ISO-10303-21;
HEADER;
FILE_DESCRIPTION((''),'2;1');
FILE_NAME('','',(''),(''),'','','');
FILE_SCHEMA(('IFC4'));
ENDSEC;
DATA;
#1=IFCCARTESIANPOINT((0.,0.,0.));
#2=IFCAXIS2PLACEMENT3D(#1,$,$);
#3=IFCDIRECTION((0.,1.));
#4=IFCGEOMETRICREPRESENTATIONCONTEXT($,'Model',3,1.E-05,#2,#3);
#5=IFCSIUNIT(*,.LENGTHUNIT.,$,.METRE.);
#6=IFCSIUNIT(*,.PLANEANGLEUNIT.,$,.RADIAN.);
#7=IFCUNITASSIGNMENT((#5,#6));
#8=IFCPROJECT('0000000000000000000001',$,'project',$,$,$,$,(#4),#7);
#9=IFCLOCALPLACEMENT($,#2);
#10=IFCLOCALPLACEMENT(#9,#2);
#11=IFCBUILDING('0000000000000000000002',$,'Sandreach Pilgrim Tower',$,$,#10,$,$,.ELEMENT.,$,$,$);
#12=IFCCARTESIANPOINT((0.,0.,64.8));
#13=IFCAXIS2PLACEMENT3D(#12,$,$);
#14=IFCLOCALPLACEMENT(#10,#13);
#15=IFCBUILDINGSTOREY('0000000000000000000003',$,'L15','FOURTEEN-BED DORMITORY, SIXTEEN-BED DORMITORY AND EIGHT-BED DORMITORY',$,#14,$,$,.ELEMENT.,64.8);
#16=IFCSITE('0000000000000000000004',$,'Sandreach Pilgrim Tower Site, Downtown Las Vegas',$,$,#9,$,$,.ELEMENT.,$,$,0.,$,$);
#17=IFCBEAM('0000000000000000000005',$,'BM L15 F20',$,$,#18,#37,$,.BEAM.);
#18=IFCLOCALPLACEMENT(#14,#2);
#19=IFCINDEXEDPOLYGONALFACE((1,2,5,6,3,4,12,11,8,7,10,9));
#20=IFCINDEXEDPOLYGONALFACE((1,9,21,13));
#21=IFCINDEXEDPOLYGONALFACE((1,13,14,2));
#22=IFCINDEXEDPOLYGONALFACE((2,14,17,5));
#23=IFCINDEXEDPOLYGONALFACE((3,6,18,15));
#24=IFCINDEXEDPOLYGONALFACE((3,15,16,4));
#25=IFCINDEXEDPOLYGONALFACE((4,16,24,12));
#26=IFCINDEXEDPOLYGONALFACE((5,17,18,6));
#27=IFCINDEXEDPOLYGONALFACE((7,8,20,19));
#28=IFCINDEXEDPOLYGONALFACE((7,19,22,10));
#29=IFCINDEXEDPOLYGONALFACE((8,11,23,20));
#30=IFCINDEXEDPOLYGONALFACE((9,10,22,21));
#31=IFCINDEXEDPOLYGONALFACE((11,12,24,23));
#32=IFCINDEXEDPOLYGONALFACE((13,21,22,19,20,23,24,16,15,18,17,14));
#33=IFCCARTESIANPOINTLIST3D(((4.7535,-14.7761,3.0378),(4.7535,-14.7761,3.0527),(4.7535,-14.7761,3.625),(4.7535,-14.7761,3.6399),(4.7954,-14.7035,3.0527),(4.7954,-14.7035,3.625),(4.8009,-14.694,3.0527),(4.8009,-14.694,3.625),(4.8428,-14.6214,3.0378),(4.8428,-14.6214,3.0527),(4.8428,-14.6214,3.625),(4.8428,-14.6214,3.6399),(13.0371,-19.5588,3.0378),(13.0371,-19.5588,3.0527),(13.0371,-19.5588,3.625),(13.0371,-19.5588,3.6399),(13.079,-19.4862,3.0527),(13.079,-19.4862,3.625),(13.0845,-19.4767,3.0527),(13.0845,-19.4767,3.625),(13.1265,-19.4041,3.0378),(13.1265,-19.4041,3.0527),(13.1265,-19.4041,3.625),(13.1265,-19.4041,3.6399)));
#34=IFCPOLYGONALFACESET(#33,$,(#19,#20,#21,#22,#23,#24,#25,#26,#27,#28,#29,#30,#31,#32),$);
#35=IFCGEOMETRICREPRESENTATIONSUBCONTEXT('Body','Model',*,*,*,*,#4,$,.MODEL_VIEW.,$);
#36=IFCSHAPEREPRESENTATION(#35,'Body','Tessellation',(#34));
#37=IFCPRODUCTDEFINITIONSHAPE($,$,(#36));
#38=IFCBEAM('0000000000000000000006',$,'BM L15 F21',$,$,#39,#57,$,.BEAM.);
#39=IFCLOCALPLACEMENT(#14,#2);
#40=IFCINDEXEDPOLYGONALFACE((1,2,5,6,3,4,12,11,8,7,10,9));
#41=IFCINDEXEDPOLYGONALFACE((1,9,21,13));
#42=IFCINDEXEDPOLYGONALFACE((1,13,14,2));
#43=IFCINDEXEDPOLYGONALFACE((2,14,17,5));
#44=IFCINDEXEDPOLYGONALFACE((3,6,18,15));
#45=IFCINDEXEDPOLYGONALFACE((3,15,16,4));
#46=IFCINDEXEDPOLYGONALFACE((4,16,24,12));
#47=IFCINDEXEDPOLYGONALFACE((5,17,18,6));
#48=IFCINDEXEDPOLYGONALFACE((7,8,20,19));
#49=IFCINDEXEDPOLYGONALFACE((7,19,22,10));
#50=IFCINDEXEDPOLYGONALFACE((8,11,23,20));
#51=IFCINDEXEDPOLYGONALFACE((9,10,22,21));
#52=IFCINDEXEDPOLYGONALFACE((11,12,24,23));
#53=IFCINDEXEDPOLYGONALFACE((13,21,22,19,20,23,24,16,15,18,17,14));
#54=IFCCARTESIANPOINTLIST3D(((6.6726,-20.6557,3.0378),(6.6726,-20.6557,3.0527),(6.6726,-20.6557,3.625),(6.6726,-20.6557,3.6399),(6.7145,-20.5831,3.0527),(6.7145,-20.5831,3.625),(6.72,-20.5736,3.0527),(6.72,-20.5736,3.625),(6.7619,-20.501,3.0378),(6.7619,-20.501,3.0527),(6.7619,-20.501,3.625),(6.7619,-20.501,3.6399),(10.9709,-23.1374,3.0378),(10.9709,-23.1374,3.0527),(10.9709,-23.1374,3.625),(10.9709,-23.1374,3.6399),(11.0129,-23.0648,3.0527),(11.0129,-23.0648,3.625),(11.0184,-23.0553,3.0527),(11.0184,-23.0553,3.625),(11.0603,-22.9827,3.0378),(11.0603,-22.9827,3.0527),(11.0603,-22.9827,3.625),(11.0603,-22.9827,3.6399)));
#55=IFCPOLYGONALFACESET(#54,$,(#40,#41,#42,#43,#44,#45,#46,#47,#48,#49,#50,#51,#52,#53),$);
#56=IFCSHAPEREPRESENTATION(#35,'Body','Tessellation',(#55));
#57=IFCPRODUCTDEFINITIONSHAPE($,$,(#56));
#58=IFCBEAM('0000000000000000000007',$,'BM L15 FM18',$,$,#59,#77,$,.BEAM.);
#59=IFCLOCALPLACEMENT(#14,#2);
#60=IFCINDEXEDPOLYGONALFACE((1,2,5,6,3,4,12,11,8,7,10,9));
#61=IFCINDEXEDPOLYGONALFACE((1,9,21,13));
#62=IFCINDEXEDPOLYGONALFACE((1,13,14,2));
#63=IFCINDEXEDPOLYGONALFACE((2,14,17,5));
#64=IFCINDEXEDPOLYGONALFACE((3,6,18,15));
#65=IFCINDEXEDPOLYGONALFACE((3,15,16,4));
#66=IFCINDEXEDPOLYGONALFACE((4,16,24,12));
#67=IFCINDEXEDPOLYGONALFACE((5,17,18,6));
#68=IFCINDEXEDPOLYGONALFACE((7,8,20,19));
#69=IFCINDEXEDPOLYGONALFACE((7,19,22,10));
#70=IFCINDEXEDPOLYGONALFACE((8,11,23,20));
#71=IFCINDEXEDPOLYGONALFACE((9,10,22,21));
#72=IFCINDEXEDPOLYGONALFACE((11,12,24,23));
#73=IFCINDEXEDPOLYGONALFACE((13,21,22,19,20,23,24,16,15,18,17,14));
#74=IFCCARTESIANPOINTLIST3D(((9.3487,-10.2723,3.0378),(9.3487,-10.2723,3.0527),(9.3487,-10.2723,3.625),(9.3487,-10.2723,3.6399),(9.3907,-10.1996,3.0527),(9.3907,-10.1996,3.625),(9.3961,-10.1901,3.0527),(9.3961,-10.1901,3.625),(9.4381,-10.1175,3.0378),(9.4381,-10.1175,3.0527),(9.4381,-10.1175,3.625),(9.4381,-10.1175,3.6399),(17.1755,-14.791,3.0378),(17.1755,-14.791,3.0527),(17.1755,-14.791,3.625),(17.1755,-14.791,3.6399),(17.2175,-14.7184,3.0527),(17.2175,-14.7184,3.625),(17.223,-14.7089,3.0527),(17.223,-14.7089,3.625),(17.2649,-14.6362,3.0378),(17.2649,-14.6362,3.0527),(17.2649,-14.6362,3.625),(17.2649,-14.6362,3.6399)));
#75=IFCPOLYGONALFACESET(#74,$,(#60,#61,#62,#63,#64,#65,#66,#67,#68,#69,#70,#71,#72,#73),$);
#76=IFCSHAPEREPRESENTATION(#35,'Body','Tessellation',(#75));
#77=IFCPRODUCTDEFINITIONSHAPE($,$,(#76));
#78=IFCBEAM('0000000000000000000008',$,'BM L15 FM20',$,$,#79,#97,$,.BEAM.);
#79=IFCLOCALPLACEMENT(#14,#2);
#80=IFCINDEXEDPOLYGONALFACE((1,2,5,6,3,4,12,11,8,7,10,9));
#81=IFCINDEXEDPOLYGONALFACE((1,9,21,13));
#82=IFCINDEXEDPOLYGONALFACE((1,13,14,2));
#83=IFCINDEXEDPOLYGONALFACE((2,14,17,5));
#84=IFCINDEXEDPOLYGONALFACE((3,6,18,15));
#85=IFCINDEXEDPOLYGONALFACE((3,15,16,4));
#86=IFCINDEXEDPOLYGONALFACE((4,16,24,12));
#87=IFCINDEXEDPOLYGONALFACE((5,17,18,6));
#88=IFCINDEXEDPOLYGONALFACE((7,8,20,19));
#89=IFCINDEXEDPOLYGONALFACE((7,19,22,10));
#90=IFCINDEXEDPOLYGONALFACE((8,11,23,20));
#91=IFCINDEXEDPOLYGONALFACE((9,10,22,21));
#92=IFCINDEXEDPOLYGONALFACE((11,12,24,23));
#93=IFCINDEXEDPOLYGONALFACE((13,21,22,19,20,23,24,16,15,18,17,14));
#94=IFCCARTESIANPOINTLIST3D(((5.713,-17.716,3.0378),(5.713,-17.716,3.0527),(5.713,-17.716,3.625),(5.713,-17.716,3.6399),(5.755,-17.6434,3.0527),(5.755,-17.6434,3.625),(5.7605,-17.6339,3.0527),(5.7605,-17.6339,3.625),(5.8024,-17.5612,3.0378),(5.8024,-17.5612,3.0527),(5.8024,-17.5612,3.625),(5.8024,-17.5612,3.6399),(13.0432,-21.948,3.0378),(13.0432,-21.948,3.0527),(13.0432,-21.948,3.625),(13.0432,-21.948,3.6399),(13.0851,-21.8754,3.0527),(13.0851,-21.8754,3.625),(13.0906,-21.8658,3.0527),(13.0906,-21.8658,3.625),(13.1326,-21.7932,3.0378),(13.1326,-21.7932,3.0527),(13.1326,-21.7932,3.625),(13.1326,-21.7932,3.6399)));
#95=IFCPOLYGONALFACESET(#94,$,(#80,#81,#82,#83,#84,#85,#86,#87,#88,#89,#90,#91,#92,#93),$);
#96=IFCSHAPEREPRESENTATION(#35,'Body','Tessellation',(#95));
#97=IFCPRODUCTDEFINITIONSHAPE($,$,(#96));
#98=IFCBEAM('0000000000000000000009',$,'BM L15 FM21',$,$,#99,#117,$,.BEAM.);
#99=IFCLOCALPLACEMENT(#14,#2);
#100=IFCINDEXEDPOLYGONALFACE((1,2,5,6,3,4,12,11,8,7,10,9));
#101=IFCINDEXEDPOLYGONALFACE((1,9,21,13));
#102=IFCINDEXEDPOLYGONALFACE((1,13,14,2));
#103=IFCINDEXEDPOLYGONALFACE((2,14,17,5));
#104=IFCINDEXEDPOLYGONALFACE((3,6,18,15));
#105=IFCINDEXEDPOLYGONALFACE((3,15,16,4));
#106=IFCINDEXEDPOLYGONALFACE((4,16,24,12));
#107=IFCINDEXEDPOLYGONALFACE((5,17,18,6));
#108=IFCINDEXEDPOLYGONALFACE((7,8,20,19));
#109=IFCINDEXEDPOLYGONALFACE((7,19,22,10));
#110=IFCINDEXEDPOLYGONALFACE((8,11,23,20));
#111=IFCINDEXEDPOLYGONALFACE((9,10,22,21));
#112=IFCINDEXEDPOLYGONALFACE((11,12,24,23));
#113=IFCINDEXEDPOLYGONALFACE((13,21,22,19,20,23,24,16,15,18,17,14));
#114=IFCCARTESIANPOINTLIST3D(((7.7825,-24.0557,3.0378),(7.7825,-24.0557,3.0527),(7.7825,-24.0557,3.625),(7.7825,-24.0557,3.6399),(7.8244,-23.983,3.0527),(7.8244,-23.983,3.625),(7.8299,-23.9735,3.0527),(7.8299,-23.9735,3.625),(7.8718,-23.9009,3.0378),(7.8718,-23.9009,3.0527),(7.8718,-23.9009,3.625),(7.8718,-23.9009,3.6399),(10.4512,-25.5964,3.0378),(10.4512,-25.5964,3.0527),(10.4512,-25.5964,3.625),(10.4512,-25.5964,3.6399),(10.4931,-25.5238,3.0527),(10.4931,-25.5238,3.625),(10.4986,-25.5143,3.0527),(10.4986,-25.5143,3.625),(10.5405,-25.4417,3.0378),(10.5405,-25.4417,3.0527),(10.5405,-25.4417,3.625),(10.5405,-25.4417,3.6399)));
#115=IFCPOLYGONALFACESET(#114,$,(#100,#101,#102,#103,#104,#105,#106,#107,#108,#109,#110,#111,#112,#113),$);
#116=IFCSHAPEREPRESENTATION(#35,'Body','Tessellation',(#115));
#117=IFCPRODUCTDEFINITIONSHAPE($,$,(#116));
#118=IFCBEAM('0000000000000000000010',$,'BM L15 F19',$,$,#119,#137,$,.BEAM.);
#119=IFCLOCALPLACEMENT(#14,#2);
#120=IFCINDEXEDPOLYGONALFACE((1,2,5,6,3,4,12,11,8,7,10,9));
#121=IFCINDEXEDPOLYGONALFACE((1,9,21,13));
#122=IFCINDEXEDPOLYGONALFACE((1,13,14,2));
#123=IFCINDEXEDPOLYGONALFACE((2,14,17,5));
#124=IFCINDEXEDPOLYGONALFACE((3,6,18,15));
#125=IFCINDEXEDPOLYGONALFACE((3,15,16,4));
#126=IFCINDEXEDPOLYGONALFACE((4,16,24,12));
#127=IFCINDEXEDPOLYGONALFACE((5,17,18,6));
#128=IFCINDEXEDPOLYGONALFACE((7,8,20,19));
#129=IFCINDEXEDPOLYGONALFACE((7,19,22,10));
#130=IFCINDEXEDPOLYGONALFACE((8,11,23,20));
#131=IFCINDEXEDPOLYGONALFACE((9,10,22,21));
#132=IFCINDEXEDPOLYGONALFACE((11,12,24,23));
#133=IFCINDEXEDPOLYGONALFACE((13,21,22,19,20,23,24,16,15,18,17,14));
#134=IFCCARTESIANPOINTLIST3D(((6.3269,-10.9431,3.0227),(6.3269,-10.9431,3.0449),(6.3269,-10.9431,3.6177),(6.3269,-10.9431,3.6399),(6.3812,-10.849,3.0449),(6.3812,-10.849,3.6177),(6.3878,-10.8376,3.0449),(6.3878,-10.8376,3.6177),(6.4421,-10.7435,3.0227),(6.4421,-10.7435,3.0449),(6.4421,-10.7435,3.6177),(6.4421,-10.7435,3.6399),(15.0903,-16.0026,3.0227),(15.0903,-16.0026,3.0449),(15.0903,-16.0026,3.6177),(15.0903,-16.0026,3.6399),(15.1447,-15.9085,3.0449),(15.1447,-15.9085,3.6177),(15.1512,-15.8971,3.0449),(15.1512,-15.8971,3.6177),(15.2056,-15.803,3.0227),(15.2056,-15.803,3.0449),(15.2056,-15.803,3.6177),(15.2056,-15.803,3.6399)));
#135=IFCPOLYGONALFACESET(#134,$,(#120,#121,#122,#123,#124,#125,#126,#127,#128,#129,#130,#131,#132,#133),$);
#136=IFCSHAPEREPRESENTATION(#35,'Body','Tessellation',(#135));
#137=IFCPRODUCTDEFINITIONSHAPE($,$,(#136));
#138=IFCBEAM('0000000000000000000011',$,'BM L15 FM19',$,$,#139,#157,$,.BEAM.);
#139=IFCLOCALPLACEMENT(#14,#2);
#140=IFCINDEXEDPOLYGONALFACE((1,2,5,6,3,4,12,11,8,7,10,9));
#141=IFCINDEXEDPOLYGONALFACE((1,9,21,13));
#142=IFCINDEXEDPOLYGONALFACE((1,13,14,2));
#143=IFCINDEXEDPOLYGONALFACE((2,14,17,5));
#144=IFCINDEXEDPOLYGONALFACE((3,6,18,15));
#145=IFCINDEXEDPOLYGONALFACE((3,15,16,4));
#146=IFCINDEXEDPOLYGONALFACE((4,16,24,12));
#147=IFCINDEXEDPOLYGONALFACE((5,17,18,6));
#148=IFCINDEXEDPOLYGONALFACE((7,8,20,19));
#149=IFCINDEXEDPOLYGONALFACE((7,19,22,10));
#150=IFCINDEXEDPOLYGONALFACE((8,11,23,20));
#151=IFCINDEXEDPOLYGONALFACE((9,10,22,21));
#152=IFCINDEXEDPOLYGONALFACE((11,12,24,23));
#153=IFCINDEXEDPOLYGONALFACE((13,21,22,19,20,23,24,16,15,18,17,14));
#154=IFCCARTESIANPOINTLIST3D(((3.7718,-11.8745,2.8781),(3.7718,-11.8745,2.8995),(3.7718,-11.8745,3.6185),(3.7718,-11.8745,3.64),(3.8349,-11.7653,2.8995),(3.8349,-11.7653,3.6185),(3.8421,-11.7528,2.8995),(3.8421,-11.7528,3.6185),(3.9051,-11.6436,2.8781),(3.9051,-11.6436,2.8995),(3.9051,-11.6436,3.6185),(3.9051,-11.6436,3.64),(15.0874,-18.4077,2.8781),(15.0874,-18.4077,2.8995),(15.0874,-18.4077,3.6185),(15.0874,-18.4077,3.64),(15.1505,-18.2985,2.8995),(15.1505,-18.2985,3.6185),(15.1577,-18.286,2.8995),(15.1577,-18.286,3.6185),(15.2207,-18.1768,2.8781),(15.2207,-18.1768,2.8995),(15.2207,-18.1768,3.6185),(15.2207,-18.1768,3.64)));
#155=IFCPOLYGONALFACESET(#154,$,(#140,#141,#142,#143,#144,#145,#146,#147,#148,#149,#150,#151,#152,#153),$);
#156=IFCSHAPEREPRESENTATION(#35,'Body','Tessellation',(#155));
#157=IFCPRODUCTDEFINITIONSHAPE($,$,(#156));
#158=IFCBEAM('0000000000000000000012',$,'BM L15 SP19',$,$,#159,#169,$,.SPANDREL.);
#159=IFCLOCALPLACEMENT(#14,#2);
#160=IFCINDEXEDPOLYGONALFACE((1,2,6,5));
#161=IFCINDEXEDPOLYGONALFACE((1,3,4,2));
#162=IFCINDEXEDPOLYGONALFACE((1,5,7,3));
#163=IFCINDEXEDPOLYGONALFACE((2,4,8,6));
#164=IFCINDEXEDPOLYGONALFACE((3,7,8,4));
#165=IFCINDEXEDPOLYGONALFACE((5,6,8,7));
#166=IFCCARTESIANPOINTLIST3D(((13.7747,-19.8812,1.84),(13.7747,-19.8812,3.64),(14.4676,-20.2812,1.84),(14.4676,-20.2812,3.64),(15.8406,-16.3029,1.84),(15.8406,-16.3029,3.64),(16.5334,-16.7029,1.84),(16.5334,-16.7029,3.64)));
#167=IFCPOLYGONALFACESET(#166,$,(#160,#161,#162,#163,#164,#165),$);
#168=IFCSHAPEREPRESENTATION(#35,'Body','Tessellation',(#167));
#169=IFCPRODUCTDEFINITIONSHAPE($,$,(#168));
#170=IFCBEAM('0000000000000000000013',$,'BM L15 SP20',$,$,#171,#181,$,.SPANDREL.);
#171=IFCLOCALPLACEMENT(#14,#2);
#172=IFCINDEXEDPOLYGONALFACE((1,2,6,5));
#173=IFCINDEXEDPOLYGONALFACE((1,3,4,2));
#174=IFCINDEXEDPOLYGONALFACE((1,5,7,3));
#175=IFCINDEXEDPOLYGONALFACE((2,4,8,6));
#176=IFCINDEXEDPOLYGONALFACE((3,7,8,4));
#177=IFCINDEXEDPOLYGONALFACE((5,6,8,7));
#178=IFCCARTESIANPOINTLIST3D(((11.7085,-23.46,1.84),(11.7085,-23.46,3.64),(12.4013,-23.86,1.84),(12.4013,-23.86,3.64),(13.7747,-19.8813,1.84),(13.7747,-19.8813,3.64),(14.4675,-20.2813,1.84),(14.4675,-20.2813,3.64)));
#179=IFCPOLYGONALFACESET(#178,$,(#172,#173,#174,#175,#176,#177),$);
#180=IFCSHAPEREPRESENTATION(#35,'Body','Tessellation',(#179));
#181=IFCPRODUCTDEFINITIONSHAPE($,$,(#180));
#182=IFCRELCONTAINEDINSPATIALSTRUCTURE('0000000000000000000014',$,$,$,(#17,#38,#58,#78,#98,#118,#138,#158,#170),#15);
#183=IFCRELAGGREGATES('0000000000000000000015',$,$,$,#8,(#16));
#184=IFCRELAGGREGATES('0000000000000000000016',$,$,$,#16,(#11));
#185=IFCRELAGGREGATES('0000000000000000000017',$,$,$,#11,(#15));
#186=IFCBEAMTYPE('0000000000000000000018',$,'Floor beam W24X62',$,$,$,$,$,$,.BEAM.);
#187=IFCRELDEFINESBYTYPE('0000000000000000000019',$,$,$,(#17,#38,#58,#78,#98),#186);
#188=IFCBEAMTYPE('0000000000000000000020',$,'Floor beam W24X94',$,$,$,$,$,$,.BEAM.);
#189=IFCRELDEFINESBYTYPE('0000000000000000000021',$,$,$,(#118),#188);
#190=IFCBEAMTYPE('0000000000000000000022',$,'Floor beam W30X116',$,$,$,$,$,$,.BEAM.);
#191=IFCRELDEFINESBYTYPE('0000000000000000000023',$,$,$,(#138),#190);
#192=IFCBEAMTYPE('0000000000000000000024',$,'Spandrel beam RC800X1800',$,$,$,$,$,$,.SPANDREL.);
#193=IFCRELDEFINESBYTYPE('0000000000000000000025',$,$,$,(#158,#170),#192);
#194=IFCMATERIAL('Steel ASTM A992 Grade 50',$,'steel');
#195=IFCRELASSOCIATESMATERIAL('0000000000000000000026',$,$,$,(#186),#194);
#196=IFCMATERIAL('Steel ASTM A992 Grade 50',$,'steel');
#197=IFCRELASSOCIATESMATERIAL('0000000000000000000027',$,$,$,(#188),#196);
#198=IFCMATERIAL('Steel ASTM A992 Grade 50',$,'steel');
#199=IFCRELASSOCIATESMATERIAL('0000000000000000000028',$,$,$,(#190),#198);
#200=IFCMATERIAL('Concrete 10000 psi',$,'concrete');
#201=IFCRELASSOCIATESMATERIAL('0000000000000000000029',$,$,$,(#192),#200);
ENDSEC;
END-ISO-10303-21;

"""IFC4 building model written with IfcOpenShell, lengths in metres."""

from ifc_helpers import new_model, si_unit, direction, frame, origin, origin_2d, place, context, subcontext, project, spatial, rectangle, i_section, extrude, material, material_profile, profile_set, type_object, element, save


model = new_model("IFC4")

# Units and contexts
model_context = context("Model", 3, precision=1e-05, world=origin(), true_north=direction((0.0, 1.0)))
body_context = subcontext(model_context, "Body", "Model", "MODEL_VIEW")
ifc_project = project(units=[si_unit("LENGTHUNIT", "METRE"), si_unit("PLANEANGLEUNIT", "RADIAN")], contexts=[model_context])

# Site, building, storey
site_placement = place(None, origin())
site = spatial("IfcSite", under=ifc_project, at=site_placement, Name="Sandreach Pilgrim Tower Site, Downtown Las Vegas", CompositionType="ELEMENT", RefElevation=0.0)
building_placement = place(site_placement, origin())
building = spatial("IfcBuilding", under=site, at=building_placement, Name="Sandreach Pilgrim Tower", CompositionType="ELEMENT")
storey_placement = place(building_placement, frame((0.0, 0.0, 64.8)))
storey = spatial("IfcBuildingStorey", under=building, at=storey_placement, Name="L15", Description="FOURTEEN-BED DORMITORY, SIXTEEN-BED DORMITORY AND EIGHT-BED DORMITORY", CompositionType="ELEMENT", Elevation=64.8)

# Beams
ifc_material_1 = material(Name="Steel ASTM A992 Grade 50", Category="steel")
ifc_material_profile_1 = material_profile(ifc_material_1, i_section(OverallWidth=0.1787, OverallDepth=0.6021, WebThickness=0.011, FlangeThickness=0.0149, at=origin_2d()), Name="W24X62")
ifc_profile_set_1 = profile_set([ifc_material_profile_1], Name="Steel ASTM A992 Grade 50")
beam_type_1 = type_object("IfcBeamType", Name="Floor beam W24X62", PredefinedType="BEAM", material=ifc_profile_set_1)
beam_1_placement = place(storey_placement, frame((13.0818, -19.4814, 3.3389), z_axis=(-0.86602, 0.50001, 0.0), x_axis=(-0.50001, -0.86602, 0.0)))
element("IfcBeam", 1, at=beam_1_placement, inside=storey, type_object=beam_type_1, Name="BM L15 F20", PredefinedType="BEAM", context=body_context, shape_type="SweptSolid", body=[
    extrude(i_section(OverallWidth=0.1787, OverallDepth=0.6021, WebThickness=0.011, FlangeThickness=0.0149, at=origin_2d()), origin(), (0.0, 0.0, 1.0), 9.5652),
])
beam_2_placement = place(storey_placement, frame((11.0156, -23.0601, 3.3389), z_axis=(-0.866022, 0.500006, 0.0), x_axis=(-0.500006, -0.866022, 0.0)))
element("IfcBeam", 2, at=beam_2_placement, inside=storey, type_object=beam_type_1, Name="BM L15 F21", PredefinedType="BEAM", context=body_context, shape_type="SweptSolid", body=[
    extrude(i_section(OverallWidth=0.1787, OverallDepth=0.6021, WebThickness=0.011, FlangeThickness=0.0149, at=origin_2d()), origin(), (0.0, 0.0, 1.0), 4.9634),
])
beam_3_placement = place(storey_placement, frame((17.2202, -14.7136, 3.3389), z_axis=(-0.866029, 0.499994, 0.0), x_axis=(-0.499994, -0.866029, 0.0)))
element("IfcBeam", 3, at=beam_3_placement, inside=storey, type_object=beam_type_1, Name="BM L15 FM18", PredefinedType="BEAM", context=body_context, shape_type="SweptSolid", body=[
    extrude(i_section(OverallWidth=0.1787, OverallDepth=0.6021, WebThickness=0.011, FlangeThickness=0.0149, at=origin_2d()), origin(), (0.0, 0.0, 1.0), 9.0376),
])
beam_4_placement = place(storey_placement, frame((13.0879, -21.8706, 3.3389), z_axis=(-0.86603, 0.499992, 0.0), x_axis=(-0.499992, -0.86603, 0.0)))
element("IfcBeam", 4, at=beam_4_placement, inside=storey, type_object=beam_type_1, Name="BM L15 FM20", PredefinedType="BEAM", context=body_context, shape_type="SweptSolid", body=[
    extrude(i_section(OverallWidth=0.1787, OverallDepth=0.6021, WebThickness=0.011, FlangeThickness=0.0149, at=origin_2d()), origin(), (0.0, 0.0, 1.0), 8.4641),
])
beam_5_placement = place(storey_placement, frame((10.4958, -25.519, 3.3389), z_axis=(-0.866026, 0.499999, 0.0), x_axis=(-0.499999, -0.866026, 0.0)))
element("IfcBeam", 5, at=beam_5_placement, inside=storey, type_object=beam_type_1, Name="BM L15 FM21", PredefinedType="BEAM", context=body_context, shape_type="SweptSolid", body=[
    extrude(i_section(OverallWidth=0.1787, OverallDepth=0.6021, WebThickness=0.011, FlangeThickness=0.0149, at=origin_2d()), origin(), (0.0, 0.0, 1.0), 3.0815),
])
ifc_material_2 = material(Name="Steel ASTM A992 Grade 50", Category="steel")
ifc_material_profile_2 = material_profile(ifc_material_2, i_section(OverallWidth=0.2305, OverallDepth=0.6172, WebThickness=0.0132, FlangeThickness=0.0222, at=origin_2d()), Name="W24X94")
ifc_profile_set_2 = profile_set([ifc_material_profile_2], Name="Steel ASTM A992 Grade 50")
beam_type_2 = type_object("IfcBeamType", Name="Floor beam W24X94", PredefinedType="BEAM", material=ifc_profile_set_2)
beam_6_placement = place(storey_placement, frame((15.1479, -15.9028, 3.3313), z_axis=(-0.866025, 0.5, 0.0), x_axis=(-0.5, -0.866025, 0.0)))
element("IfcBeam", 6, at=beam_6_placement, inside=storey, type_object=beam_type_2, Name="BM L15 F19", PredefinedType="BEAM", context=body_context, shape_type="SweptSolid", body=[
    extrude(i_section(OverallWidth=0.2305, OverallDepth=0.6172, WebThickness=0.0132, FlangeThickness=0.0222, at=origin_2d()), origin(), (0.0, 0.0, 1.0), 10.1191),
])
ifc_material_3 = material(Name="Steel ASTM A992 Grade 50", Category="steel")
ifc_material_profile_3 = material_profile(ifc_material_3, i_section(OverallWidth=0.2666, OverallDepth=0.762, WebThickness=0.0144, FlangeThickness=0.0215, at=origin_2d()), Name="W30X116")
ifc_profile_set_3 = profile_set([ifc_material_profile_3], Name="Steel ASTM A992 Grade 50")
beam_type_3 = type_object("IfcBeamType", Name="Floor beam W30X116", PredefinedType="BEAM", material=ifc_profile_set_3)
beam_7_placement = place(storey_placement, frame((15.1541, -18.2922, 3.259), z_axis=(-0.866022, 0.500005, 0.0), x_axis=(-0.500005, -0.866022, 0.0)))
element("IfcBeam", 7, at=beam_7_placement, inside=storey, type_object=beam_type_3, Name="BM L15 FM19", PredefinedType="BEAM", context=body_context, shape_type="SweptSolid", body=[
    extrude(i_section(OverallWidth=0.2666, OverallDepth=0.762, WebThickness=0.0144, FlangeThickness=0.0215, at=origin_2d()), origin(), (0.0, 0.0, 1.0), 13.0662),
])
ifc_material_4 = material(Name="Concrete 10000 psi", Category="concrete")
ifc_material_profile_4 = material_profile(ifc_material_4, rectangle(XDim=0.8, YDim=1.8, at=origin_2d()), Name="RC800X1800")
ifc_profile_set_4 = profile_set([ifc_material_profile_4], Name="Concrete 10000 psi")
beam_type_4 = type_object("IfcBeamType", Name="Spandrel beam RC800X1800", PredefinedType="SPANDREL", material=ifc_profile_set_4)
beam_8_placement = place(storey_placement, frame((16.187, -16.5029, 2.74), z_axis=(-0.49999, -0.866031, 0.0), x_axis=(0.866031, -0.49999, 0.0)))
element("IfcBeam", 8, at=beam_8_placement, inside=storey, type_object=beam_type_4, Name="BM L15 SP19", PredefinedType="SPANDREL", context=body_context, shape_type="SweptSolid", body=[
    extrude(rectangle(XDim=0.8, YDim=1.8, at=origin_2d()), origin(), (0.0, 0.0, 1.0), 4.1318),
])
beam_9_placement = place(storey_placement, frame((14.1211, -20.0813, 2.74), z_axis=(-0.500009, -0.86602, 0.0), x_axis=(0.86602, -0.500009, 0.0)))
element("IfcBeam", 9, at=beam_9_placement, inside=storey, type_object=beam_type_4, Name="BM L15 SP20", PredefinedType="SPANDREL", context=body_context, shape_type="SweptSolid", body=[
    extrude(rectangle(XDim=0.8, YDim=1.8, at=origin_2d()), origin(), (0.0, 0.0, 1.0), 4.1323),
])

save(model, "model.ifc")
